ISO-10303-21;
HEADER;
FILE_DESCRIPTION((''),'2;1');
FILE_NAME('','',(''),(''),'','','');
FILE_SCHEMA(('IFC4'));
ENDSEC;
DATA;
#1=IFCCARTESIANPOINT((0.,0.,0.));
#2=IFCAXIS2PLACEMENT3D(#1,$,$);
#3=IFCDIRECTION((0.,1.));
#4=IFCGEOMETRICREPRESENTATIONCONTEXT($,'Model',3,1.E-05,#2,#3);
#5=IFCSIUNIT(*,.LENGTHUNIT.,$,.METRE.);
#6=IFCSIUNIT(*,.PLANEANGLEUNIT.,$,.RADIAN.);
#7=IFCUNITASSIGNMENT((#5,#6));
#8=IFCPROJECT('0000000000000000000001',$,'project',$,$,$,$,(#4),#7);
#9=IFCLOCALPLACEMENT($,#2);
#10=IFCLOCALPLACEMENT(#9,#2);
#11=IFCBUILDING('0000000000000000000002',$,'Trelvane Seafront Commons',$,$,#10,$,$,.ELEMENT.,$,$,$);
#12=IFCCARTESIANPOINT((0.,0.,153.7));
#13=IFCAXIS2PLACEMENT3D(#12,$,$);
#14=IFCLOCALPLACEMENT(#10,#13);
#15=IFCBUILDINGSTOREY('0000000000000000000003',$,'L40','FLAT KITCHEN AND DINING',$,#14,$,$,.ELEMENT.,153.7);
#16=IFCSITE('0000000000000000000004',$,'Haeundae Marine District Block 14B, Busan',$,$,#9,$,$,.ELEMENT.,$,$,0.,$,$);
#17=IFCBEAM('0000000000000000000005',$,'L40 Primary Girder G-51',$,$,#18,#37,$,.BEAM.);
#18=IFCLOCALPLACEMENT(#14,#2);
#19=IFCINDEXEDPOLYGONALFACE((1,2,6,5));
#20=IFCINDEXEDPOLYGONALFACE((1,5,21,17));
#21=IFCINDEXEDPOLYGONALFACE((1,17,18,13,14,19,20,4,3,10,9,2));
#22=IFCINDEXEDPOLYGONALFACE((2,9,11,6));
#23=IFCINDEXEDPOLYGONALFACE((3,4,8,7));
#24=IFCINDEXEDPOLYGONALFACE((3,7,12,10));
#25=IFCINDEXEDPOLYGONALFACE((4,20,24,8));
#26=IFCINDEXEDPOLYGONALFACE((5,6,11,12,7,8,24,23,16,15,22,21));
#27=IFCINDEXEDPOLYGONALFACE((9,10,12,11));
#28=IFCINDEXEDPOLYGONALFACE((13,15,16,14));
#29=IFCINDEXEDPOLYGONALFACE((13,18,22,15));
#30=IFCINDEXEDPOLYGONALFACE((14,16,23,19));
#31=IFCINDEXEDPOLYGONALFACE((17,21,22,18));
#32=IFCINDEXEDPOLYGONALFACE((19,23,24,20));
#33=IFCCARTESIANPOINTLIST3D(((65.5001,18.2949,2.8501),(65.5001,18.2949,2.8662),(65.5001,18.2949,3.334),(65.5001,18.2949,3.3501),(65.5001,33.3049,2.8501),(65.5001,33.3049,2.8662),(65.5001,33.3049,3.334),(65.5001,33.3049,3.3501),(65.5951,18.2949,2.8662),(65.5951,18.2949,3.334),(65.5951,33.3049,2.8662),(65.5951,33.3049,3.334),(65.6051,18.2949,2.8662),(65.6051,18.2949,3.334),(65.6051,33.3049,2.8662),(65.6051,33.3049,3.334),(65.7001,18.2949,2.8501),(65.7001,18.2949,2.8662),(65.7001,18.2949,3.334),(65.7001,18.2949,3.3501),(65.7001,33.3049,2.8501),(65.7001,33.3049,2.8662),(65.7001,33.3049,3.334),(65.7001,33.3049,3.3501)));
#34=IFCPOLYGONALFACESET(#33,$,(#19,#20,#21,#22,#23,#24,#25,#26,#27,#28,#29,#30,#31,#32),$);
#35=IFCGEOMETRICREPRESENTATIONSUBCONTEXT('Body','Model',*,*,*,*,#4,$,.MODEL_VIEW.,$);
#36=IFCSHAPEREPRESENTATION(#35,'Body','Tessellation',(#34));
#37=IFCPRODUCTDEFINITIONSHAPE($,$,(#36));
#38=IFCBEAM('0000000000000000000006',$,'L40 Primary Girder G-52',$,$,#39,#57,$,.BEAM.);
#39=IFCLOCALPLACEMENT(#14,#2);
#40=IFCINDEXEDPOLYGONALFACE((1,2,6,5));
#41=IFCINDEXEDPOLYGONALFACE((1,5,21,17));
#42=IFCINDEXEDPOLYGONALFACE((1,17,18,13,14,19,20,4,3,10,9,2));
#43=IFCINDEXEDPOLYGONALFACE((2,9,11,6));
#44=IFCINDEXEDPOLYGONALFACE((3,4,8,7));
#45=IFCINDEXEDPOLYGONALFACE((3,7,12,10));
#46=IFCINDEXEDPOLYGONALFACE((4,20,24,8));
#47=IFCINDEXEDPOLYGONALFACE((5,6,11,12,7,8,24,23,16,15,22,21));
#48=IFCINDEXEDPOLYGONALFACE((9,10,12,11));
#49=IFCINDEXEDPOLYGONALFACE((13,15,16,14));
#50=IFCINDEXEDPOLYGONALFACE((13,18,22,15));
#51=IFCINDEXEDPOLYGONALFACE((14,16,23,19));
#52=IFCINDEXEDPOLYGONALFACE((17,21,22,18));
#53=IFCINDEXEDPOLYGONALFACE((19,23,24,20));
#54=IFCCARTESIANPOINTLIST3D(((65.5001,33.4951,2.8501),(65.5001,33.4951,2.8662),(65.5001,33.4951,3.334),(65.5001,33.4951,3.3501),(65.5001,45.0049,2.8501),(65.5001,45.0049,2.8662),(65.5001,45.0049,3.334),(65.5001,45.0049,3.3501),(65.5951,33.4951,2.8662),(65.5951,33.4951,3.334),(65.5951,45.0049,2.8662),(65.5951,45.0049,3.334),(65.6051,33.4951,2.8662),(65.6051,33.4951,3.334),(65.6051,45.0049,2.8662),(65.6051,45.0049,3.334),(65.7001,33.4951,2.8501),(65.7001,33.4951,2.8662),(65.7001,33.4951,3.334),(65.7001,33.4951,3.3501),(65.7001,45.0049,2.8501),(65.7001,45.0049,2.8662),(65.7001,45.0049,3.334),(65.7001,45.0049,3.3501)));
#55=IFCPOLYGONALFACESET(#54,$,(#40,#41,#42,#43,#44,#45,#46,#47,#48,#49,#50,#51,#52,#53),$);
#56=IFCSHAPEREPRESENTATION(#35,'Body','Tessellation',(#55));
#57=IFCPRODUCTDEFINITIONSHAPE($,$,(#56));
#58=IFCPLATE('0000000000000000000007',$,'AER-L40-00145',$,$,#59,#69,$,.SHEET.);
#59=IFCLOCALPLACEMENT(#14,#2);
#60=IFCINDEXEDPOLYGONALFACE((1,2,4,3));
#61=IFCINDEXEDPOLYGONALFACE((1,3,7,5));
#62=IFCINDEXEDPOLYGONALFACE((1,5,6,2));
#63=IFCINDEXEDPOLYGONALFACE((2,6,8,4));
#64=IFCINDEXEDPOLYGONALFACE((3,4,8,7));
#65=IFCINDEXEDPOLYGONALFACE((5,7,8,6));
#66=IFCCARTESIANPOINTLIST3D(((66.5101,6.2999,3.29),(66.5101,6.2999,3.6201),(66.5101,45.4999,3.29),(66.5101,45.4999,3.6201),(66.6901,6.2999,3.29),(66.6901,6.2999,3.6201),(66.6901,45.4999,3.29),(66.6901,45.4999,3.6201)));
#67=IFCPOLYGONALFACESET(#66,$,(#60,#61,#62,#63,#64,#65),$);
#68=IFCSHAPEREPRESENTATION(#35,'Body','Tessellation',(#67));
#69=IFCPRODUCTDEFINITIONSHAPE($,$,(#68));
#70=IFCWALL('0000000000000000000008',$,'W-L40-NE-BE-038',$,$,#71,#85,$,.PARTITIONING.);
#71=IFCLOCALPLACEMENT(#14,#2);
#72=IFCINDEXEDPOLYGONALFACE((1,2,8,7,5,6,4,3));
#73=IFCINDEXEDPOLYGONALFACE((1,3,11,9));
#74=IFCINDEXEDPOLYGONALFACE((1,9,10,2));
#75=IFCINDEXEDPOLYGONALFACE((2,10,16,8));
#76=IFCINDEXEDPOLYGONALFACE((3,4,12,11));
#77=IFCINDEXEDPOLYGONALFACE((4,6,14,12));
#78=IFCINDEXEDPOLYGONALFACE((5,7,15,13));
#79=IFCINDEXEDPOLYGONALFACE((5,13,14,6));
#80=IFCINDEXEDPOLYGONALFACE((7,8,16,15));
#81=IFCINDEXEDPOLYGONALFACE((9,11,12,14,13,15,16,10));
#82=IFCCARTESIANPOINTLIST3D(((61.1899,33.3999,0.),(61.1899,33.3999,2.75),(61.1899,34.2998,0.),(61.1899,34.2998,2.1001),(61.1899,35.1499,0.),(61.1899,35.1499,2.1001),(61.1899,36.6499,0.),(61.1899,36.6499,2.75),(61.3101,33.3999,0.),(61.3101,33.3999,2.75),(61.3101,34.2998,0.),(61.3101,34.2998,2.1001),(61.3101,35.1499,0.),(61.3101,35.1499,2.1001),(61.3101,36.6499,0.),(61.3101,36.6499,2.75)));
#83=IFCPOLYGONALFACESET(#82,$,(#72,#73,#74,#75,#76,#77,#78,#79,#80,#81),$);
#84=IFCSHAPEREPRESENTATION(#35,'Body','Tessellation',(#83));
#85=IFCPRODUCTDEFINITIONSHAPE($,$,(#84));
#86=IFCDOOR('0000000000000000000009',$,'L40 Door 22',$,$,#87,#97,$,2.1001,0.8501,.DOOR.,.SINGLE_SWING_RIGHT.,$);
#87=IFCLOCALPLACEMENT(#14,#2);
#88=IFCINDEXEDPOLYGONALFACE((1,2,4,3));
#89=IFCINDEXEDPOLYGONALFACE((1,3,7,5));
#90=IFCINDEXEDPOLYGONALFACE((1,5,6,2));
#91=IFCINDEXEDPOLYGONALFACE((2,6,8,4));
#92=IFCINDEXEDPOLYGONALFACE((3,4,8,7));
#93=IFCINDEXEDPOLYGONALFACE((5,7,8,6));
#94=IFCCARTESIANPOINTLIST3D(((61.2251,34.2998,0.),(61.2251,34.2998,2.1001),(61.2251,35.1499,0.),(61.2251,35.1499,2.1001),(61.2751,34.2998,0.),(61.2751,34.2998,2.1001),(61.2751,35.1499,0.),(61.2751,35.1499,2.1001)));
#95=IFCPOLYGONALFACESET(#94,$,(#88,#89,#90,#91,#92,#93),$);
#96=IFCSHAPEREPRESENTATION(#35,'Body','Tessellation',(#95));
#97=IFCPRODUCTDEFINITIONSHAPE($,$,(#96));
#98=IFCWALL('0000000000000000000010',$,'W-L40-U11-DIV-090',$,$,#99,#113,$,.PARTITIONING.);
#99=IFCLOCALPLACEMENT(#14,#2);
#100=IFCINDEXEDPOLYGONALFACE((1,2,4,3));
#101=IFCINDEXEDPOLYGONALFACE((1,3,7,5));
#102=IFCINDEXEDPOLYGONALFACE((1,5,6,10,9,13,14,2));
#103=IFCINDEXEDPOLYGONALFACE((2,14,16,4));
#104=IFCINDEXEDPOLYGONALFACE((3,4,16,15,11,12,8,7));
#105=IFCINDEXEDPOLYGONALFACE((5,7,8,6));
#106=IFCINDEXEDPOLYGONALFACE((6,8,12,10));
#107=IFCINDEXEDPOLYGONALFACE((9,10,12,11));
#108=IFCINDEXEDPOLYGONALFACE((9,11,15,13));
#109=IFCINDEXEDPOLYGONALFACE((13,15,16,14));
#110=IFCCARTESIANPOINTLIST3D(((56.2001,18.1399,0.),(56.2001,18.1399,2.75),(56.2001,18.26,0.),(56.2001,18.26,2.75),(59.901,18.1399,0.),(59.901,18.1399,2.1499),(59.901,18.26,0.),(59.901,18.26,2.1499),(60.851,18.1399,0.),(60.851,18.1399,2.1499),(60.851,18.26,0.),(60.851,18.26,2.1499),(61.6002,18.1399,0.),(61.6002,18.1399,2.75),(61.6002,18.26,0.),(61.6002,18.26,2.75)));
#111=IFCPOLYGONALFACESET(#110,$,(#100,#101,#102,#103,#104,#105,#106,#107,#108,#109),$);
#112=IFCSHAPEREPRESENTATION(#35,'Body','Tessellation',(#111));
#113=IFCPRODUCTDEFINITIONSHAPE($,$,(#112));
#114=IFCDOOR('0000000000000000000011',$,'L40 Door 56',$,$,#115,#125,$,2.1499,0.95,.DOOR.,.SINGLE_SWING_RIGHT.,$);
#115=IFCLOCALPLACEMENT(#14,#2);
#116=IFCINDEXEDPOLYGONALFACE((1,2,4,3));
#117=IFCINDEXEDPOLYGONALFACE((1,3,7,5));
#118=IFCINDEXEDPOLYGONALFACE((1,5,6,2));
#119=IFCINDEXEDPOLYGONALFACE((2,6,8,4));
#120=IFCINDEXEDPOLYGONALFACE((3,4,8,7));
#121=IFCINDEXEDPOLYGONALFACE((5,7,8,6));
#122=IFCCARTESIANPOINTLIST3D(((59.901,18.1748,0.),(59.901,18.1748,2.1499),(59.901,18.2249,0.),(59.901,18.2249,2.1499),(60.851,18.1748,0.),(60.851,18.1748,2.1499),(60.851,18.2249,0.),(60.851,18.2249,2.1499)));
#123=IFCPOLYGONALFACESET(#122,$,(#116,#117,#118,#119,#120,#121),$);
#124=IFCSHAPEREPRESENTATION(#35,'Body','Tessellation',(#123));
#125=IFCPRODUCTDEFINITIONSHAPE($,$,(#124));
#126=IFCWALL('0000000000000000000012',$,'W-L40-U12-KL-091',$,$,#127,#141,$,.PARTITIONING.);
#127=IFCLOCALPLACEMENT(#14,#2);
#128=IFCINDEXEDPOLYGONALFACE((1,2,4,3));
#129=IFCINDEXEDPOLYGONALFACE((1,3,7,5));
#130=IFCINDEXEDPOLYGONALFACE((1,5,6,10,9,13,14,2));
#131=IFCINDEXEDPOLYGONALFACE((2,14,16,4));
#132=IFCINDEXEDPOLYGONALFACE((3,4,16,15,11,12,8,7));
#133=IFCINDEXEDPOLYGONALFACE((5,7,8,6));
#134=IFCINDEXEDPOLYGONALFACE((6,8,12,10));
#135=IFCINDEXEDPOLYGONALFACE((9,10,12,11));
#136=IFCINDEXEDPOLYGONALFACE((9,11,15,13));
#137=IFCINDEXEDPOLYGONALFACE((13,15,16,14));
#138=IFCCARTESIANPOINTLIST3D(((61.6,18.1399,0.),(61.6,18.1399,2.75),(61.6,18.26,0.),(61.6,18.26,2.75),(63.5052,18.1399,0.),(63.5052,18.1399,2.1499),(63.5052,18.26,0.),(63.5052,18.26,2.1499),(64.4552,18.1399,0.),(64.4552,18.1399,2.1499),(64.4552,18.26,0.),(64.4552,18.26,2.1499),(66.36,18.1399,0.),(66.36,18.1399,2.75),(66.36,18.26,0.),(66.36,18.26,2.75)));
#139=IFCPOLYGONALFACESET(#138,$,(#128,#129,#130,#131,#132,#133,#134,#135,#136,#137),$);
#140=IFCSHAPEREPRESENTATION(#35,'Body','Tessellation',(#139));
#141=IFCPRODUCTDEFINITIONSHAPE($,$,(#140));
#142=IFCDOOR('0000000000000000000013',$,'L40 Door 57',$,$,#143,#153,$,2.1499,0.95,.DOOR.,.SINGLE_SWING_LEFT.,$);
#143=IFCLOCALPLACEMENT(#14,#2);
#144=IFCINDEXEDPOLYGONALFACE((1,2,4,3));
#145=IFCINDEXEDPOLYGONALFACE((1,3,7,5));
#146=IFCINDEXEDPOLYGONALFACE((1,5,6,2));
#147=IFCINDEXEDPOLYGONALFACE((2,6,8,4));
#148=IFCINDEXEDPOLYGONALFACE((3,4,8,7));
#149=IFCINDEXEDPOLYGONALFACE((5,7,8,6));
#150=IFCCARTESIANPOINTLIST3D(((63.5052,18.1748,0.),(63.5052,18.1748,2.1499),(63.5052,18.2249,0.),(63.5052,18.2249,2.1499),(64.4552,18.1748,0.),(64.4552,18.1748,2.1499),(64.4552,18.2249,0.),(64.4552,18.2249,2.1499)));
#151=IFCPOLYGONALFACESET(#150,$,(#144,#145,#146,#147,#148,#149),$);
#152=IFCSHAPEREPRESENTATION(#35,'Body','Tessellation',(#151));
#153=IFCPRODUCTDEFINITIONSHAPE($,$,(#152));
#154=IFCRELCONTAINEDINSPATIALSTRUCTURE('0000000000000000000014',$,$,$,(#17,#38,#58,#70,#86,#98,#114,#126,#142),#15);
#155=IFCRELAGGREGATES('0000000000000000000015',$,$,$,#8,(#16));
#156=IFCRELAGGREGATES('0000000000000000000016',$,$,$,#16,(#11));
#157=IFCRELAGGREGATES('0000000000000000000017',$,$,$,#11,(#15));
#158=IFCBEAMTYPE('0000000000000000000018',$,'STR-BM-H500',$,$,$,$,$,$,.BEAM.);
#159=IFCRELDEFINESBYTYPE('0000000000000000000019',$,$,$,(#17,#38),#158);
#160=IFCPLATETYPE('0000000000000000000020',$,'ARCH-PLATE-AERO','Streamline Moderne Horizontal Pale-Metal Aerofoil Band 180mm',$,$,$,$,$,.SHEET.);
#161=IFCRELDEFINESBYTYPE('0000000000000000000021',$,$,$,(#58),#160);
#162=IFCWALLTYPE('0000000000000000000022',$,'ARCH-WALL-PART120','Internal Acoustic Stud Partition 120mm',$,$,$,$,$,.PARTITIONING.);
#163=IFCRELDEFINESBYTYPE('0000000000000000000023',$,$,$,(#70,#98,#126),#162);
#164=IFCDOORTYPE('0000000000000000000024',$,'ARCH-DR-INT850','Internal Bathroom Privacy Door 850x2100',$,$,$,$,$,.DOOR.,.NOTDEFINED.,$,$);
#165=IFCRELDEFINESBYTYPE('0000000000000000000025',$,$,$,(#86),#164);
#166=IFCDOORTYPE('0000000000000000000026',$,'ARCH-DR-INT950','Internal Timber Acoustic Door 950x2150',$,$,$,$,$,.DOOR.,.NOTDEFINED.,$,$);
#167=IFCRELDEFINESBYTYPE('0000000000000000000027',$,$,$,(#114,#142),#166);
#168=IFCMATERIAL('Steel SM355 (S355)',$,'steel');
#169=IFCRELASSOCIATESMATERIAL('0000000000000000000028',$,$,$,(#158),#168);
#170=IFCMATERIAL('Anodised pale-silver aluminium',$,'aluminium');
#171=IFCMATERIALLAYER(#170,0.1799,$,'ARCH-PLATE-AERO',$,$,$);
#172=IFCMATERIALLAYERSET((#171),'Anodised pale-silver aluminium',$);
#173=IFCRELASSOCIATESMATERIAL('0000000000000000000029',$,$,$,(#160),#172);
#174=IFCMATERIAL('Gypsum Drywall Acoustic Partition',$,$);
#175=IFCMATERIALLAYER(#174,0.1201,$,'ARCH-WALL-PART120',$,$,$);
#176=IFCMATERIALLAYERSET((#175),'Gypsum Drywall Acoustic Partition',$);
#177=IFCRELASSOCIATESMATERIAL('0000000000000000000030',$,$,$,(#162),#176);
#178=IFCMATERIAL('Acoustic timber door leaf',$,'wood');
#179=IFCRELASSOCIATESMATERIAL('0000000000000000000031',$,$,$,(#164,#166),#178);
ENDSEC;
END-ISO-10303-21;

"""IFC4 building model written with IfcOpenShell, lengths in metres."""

from ifc_helpers import new_model, si_unit, direction, frame, frame_2d, origin, origin_2d, place, context, subcontext, project, spatial, rectangle, i_section, extrude, source, transform, mapped, material, layer, layer_set, material_profile, profile_set, type_object, element, fill, save


model = new_model("IFC4")

# Units and contexts
model_context = context("Model", 3, precision=1e-05, world=origin(), true_north=direction((0.0, 1.0)))
body_context = subcontext(model_context, "Body", "Model", "MODEL_VIEW")
ifc_project = project(units=[si_unit("LENGTHUNIT", "METRE"), si_unit("PLANEANGLEUNIT", "RADIAN")], contexts=[model_context])

# Site, building, storey
site_placement = place(None, origin())
site = spatial("IfcSite", under=ifc_project, at=site_placement, Name="Haeundae Marine District Block 14B, Busan", CompositionType="ELEMENT", RefElevation=0.0)
building_placement = place(site_placement, origin())
building = spatial("IfcBuilding", under=site, at=building_placement, Name="Trelvane Seafront Commons", CompositionType="ELEMENT")
storey_placement = place(building_placement, frame((0.0, 0.0, 153.7)))
storey = spatial("IfcBuildingStorey", under=building, at=storey_placement, Name="L40", Description="FLAT KITCHEN AND DINING", CompositionType="ELEMENT", Elevation=153.7)

# Shared definitions
ifc_material_1 = material(Name="Steel SM355 (S355)", Category="steel")

# Beams
ifc_material_profile_1 = material_profile(ifc_material_1, i_section(OverallWidth=0.2, OverallDepth=0.5, WebThickness=0.01, FlangeThickness=0.0161, at=origin_2d()), Name="H-500x200x10x16")
ifc_profile_set_1 = profile_set([ifc_material_profile_1], Name="Steel SM355 (S355)")
beam_type_1 = type_object("IfcBeamType", Name="STR-BM-H500", PredefinedType="BEAM", material=ifc_profile_set_1)
shared_shape_1 = source(origin(), body_context, "Body", "SweptSolid", [
    extrude(i_section(OverallWidth=0.2, OverallDepth=0.5, WebThickness=0.01, FlangeThickness=0.0161, at=origin_2d()), origin(), (0.0, 0.0, 1.0), 15.01),
])
beam_1_placement = place(storey_placement, frame((65.6001, 18.2949, 3.1001), z_axis=(0.0, 1.0, 0.0), x_axis=(-1.0, 0.0, 0.0)))
element("IfcBeam", 1, at=beam_1_placement, inside=storey, type_object=beam_type_1, Name="L40 Primary Girder G-51", PredefinedType="BEAM", context=body_context, shape_type="MappedRepresentation", body=[
    mapped(shared_shape_1, transform((0.0, 0.0, 0.0), x_axis=(1.0, 0.0, 0.0), y_axis=(0.0, 1.0, 0.0), z_axis=(0.0, 0.0, 1.0), scale=1.0)),
])
shared_shape_2 = source(origin(), body_context, "Body", "SweptSolid", [
    extrude(i_section(OverallWidth=0.2, OverallDepth=0.5, WebThickness=0.01, FlangeThickness=0.0161, at=origin_2d()), origin(), (0.0, 0.0, 1.0), 11.5098),
])
beam_2_placement = place(storey_placement, frame((65.6001, 33.4951, 3.1001), z_axis=(0.0, 1.0, 0.0), x_axis=(-1.0, 0.0, 0.0)))
element("IfcBeam", 2, at=beam_2_placement, inside=storey, type_object=beam_type_1, Name="L40 Primary Girder G-52", PredefinedType="BEAM", context=body_context, shape_type="MappedRepresentation", body=[
    mapped(shared_shape_2, transform((0.0, 0.0, 0.0), x_axis=(1.0, 0.0, 0.0), y_axis=(0.0, 1.0, 0.0), z_axis=(0.0, 0.0, 1.0), scale=1.0)),
])

# Plate
ifc_material_2 = material(Name="Anodised pale-silver aluminium", Category="aluminium")
ifc_layer_1 = layer(ifc_material_2, 0.1799, Name="ARCH-PLATE-AERO")
ifc_layer_set_1 = layer_set([ifc_layer_1], Name="Anodised pale-silver aluminium")
plate_type = type_object("IfcPlateType", Name="ARCH-PLATE-AERO", Description="Streamline Moderne Horizontal Pale-Metal Aerofoil Band 180mm", PredefinedType="SHEET", material=ifc_layer_set_1)
shared_shape_3 = source(origin(), body_context, "Body", "SweptSolid", [
    extrude(rectangle(XDim=39.2, YDim=0.1799, at=origin_2d()), origin(), (0.0, 0.0, 1.0), 0.3301),
])
plate_placement = place(storey_placement, frame((66.6001, 25.8999, 3.29), z_axis=(0.0, 0.0, 1.0), x_axis=(0.0, -1.0, 0.0)))
element("IfcPlate", 3, at=plate_placement, inside=storey, type_object=plate_type, Name="AER-L40-00145", PredefinedType="SHEET", context=body_context, shape_type="MappedRepresentation", body=[
    mapped(shared_shape_3, transform((0.0, 0.0, 0.0), x_axis=(1.0, 0.0, 0.0), y_axis=(0.0, 1.0, 0.0), z_axis=(0.0, 0.0, 1.0), scale=1.0)),
])

# Walls, openings, doors
ifc_material_3 = material(Name="Gypsum Drywall Acoustic Partition")
ifc_layer_2 = layer(ifc_material_3, 0.1201, Name="ARCH-WALL-PART120")
ifc_layer_set_2 = layer_set([ifc_layer_2], Name="Gypsum Drywall Acoustic Partition")
wall_type_1 = type_object("IfcWallType", Name="ARCH-WALL-PART120", Description="Internal Acoustic Stud Partition 120mm", PredefinedType="PARTITIONING", material=ifc_layer_set_2)
wall_1_placement = place(storey_placement, frame((61.25, 33.3999, 0.0), z_axis=(0.0, 0.0, 1.0), x_axis=(0.0, 1.0, 0.0)))
wall_1 = element("IfcWall", 4, at=wall_1_placement, inside=storey, type_object=wall_type_1, Name="W-L40-NE-BE-038", PredefinedType="PARTITIONING", context=body_context, shape_type="SweptSolid", body=[
    extrude(rectangle(XDim=3.25, YDim=0.1201, at=frame_2d((1.625, 0.0))), origin(), (0.0, 0.0, 1.0), 2.75),
])
opening_1_placement = place(wall_1_placement, frame((0.8999, 0.0, 0.0)))
opening_1 = element("IfcOpeningElement", 5, at=opening_1_placement, cuts=wall_1, PredefinedType="OPENING", context=body_context, shape_type="SweptSolid", body=[
    extrude(rectangle(XDim=0.8501, YDim=2.1001, at=frame_2d((0.425, 1.05))), frame((0.0, 0.0701, 0.0), z_axis=(0.0, -1.0, 0.0), x_axis=(1.0, 0.0, 0.0)), (0.0, 0.0, 1.0), 0.1401),
])
ifc_material_4 = material(Name="Acoustic timber door leaf", Category="wood")
door_type_1 = type_object("IfcDoorType", Name="ARCH-DR-INT850", Description="Internal Bathroom Privacy Door 850x2100", OperationType="NOTDEFINED", PredefinedType="DOOR", material=ifc_material_4)
shared_shape_4 = source(origin(), body_context, "Body", "SweptSolid", [
    extrude(rectangle(XDim=0.8501, YDim=2.1001, at=frame_2d((0.425, 1.05))), frame((0.0, 0.0249, 0.0), z_axis=(0.0, -1.0, 0.0), x_axis=(1.0, 0.0, 0.0)), (0.0, 0.0, 1.0), 0.05),
])
door_1_placement = place(opening_1_placement, origin())
door_1 = element("IfcDoor", 6, at=door_1_placement, inside=storey, type_object=door_type_1, Name="L40 Door 22", OperationType="SINGLE_SWING_RIGHT", OverallHeight=2.1001, OverallWidth=0.8501, PredefinedType="DOOR", context=body_context, shape_type="MappedRepresentation", body=[
    mapped(shared_shape_4, transform((0.0, 0.0, 0.0), x_axis=(1.0, 0.0, 0.0), y_axis=(0.0, 1.0, 0.0), z_axis=(0.0, 0.0, 1.0), scale=1.0)),
])
fill(opening_1, door_1)
wall_2_placement = place(storey_placement, frame((56.2, 18.2, 0.0), z_axis=(0.0, 0.0, 1.0), x_axis=(1.0, 0.0, 0.0)))
wall_2 = element("IfcWall", 7, at=wall_2_placement, inside=storey, type_object=wall_type_1, Name="W-L40-U11-DIV-090", PredefinedType="PARTITIONING", context=body_context, shape_type="SweptSolid", body=[
    extrude(rectangle(XDim=5.4001, YDim=0.1201, at=frame_2d((2.7002, 0.0))), origin(), (0.0, 0.0, 1.0), 2.75),
])
opening_2_placement = place(wall_2_placement, frame((3.7009, 0.0, 0.0)))
opening_2 = element("IfcOpeningElement", 8, at=opening_2_placement, cuts=wall_2, PredefinedType="OPENING", context=body_context, shape_type="SweptSolid", body=[
    extrude(rectangle(XDim=0.95, YDim=2.1499, at=frame_2d((0.4751, 1.075))), frame((0.0, 0.0701, 0.0), z_axis=(0.0, -1.0, 0.0), x_axis=(1.0, 0.0, 0.0)), (0.0, 0.0, 1.0), 0.1401),
])
door_type_2 = type_object("IfcDoorType", Name="ARCH-DR-INT950", Description="Internal Timber Acoustic Door 950x2150", OperationType="NOTDEFINED", PredefinedType="DOOR", material=ifc_material_4)
shared_shape_5 = source(origin(), body_context, "Body", "SweptSolid", [
    extrude(rectangle(XDim=0.95, YDim=2.1499, at=frame_2d((0.4751, 1.075))), frame((0.0, 0.0249, 0.0), z_axis=(0.0, -1.0, 0.0), x_axis=(1.0, 0.0, 0.0)), (0.0, 0.0, 1.0), 0.05),
])
door_2_placement = place(opening_2_placement, origin())
door_2 = element("IfcDoor", 9, at=door_2_placement, inside=storey, type_object=door_type_2, Name="L40 Door 56", OperationType="SINGLE_SWING_RIGHT", OverallHeight=2.1499, OverallWidth=0.95, PredefinedType="DOOR", context=body_context, shape_type="MappedRepresentation", body=[
    mapped(shared_shape_5, transform((0.0, 0.0, 0.0), x_axis=(1.0, 0.0, 0.0), y_axis=(0.0, 1.0, 0.0), z_axis=(0.0, 0.0, 1.0), scale=1.0)),
])
fill(opening_2, door_2)
wall_3_placement = place(storey_placement, frame((61.6001, 18.2, 0.0), z_axis=(0.0, 0.0, 1.0), x_axis=(1.0, 0.0, 0.0)))
wall_3 = element("IfcWall", 10, at=wall_3_placement, inside=storey, type_object=wall_type_1, Name="W-L40-U12-KL-091", PredefinedType="PARTITIONING", context=body_context, shape_type="SweptSolid", body=[
    extrude(rectangle(XDim=4.76, YDim=0.1201, at=frame_2d((2.3799, 0.0))), origin(), (0.0, 0.0, 1.0), 2.75),
])
opening_3_placement = place(wall_3_placement, frame((1.905, 0.0, 0.0)))
opening_3 = element("IfcOpeningElement", 11, at=opening_3_placement, cuts=wall_3, PredefinedType="OPENING", context=body_context, shape_type="SweptSolid", body=[
    extrude(rectangle(XDim=0.95, YDim=2.1499, at=frame_2d((0.4751, 1.075))), frame((0.0, 0.0701, 0.0), z_axis=(0.0, -1.0, 0.0), x_axis=(1.0, 0.0, 0.0)), (0.0, 0.0, 1.0), 0.1401),
])
door_3_placement = place(opening_3_placement, origin())
door_3 = element("IfcDoor", 12, at=door_3_placement, inside=storey, type_object=door_type_2, Name="L40 Door 57", OperationType="SINGLE_SWING_LEFT", OverallHeight=2.1499, OverallWidth=0.95, PredefinedType="DOOR", context=body_context, shape_type="MappedRepresentation", body=[
    mapped(shared_shape_5, transform((0.0, 0.0, 0.0), x_axis=(1.0, 0.0, 0.0), y_axis=(0.0, 1.0, 0.0), z_axis=(0.0, 0.0, 1.0), scale=1.0)),
])
fill(opening_3, door_3)

save(model, "model.ifc")
